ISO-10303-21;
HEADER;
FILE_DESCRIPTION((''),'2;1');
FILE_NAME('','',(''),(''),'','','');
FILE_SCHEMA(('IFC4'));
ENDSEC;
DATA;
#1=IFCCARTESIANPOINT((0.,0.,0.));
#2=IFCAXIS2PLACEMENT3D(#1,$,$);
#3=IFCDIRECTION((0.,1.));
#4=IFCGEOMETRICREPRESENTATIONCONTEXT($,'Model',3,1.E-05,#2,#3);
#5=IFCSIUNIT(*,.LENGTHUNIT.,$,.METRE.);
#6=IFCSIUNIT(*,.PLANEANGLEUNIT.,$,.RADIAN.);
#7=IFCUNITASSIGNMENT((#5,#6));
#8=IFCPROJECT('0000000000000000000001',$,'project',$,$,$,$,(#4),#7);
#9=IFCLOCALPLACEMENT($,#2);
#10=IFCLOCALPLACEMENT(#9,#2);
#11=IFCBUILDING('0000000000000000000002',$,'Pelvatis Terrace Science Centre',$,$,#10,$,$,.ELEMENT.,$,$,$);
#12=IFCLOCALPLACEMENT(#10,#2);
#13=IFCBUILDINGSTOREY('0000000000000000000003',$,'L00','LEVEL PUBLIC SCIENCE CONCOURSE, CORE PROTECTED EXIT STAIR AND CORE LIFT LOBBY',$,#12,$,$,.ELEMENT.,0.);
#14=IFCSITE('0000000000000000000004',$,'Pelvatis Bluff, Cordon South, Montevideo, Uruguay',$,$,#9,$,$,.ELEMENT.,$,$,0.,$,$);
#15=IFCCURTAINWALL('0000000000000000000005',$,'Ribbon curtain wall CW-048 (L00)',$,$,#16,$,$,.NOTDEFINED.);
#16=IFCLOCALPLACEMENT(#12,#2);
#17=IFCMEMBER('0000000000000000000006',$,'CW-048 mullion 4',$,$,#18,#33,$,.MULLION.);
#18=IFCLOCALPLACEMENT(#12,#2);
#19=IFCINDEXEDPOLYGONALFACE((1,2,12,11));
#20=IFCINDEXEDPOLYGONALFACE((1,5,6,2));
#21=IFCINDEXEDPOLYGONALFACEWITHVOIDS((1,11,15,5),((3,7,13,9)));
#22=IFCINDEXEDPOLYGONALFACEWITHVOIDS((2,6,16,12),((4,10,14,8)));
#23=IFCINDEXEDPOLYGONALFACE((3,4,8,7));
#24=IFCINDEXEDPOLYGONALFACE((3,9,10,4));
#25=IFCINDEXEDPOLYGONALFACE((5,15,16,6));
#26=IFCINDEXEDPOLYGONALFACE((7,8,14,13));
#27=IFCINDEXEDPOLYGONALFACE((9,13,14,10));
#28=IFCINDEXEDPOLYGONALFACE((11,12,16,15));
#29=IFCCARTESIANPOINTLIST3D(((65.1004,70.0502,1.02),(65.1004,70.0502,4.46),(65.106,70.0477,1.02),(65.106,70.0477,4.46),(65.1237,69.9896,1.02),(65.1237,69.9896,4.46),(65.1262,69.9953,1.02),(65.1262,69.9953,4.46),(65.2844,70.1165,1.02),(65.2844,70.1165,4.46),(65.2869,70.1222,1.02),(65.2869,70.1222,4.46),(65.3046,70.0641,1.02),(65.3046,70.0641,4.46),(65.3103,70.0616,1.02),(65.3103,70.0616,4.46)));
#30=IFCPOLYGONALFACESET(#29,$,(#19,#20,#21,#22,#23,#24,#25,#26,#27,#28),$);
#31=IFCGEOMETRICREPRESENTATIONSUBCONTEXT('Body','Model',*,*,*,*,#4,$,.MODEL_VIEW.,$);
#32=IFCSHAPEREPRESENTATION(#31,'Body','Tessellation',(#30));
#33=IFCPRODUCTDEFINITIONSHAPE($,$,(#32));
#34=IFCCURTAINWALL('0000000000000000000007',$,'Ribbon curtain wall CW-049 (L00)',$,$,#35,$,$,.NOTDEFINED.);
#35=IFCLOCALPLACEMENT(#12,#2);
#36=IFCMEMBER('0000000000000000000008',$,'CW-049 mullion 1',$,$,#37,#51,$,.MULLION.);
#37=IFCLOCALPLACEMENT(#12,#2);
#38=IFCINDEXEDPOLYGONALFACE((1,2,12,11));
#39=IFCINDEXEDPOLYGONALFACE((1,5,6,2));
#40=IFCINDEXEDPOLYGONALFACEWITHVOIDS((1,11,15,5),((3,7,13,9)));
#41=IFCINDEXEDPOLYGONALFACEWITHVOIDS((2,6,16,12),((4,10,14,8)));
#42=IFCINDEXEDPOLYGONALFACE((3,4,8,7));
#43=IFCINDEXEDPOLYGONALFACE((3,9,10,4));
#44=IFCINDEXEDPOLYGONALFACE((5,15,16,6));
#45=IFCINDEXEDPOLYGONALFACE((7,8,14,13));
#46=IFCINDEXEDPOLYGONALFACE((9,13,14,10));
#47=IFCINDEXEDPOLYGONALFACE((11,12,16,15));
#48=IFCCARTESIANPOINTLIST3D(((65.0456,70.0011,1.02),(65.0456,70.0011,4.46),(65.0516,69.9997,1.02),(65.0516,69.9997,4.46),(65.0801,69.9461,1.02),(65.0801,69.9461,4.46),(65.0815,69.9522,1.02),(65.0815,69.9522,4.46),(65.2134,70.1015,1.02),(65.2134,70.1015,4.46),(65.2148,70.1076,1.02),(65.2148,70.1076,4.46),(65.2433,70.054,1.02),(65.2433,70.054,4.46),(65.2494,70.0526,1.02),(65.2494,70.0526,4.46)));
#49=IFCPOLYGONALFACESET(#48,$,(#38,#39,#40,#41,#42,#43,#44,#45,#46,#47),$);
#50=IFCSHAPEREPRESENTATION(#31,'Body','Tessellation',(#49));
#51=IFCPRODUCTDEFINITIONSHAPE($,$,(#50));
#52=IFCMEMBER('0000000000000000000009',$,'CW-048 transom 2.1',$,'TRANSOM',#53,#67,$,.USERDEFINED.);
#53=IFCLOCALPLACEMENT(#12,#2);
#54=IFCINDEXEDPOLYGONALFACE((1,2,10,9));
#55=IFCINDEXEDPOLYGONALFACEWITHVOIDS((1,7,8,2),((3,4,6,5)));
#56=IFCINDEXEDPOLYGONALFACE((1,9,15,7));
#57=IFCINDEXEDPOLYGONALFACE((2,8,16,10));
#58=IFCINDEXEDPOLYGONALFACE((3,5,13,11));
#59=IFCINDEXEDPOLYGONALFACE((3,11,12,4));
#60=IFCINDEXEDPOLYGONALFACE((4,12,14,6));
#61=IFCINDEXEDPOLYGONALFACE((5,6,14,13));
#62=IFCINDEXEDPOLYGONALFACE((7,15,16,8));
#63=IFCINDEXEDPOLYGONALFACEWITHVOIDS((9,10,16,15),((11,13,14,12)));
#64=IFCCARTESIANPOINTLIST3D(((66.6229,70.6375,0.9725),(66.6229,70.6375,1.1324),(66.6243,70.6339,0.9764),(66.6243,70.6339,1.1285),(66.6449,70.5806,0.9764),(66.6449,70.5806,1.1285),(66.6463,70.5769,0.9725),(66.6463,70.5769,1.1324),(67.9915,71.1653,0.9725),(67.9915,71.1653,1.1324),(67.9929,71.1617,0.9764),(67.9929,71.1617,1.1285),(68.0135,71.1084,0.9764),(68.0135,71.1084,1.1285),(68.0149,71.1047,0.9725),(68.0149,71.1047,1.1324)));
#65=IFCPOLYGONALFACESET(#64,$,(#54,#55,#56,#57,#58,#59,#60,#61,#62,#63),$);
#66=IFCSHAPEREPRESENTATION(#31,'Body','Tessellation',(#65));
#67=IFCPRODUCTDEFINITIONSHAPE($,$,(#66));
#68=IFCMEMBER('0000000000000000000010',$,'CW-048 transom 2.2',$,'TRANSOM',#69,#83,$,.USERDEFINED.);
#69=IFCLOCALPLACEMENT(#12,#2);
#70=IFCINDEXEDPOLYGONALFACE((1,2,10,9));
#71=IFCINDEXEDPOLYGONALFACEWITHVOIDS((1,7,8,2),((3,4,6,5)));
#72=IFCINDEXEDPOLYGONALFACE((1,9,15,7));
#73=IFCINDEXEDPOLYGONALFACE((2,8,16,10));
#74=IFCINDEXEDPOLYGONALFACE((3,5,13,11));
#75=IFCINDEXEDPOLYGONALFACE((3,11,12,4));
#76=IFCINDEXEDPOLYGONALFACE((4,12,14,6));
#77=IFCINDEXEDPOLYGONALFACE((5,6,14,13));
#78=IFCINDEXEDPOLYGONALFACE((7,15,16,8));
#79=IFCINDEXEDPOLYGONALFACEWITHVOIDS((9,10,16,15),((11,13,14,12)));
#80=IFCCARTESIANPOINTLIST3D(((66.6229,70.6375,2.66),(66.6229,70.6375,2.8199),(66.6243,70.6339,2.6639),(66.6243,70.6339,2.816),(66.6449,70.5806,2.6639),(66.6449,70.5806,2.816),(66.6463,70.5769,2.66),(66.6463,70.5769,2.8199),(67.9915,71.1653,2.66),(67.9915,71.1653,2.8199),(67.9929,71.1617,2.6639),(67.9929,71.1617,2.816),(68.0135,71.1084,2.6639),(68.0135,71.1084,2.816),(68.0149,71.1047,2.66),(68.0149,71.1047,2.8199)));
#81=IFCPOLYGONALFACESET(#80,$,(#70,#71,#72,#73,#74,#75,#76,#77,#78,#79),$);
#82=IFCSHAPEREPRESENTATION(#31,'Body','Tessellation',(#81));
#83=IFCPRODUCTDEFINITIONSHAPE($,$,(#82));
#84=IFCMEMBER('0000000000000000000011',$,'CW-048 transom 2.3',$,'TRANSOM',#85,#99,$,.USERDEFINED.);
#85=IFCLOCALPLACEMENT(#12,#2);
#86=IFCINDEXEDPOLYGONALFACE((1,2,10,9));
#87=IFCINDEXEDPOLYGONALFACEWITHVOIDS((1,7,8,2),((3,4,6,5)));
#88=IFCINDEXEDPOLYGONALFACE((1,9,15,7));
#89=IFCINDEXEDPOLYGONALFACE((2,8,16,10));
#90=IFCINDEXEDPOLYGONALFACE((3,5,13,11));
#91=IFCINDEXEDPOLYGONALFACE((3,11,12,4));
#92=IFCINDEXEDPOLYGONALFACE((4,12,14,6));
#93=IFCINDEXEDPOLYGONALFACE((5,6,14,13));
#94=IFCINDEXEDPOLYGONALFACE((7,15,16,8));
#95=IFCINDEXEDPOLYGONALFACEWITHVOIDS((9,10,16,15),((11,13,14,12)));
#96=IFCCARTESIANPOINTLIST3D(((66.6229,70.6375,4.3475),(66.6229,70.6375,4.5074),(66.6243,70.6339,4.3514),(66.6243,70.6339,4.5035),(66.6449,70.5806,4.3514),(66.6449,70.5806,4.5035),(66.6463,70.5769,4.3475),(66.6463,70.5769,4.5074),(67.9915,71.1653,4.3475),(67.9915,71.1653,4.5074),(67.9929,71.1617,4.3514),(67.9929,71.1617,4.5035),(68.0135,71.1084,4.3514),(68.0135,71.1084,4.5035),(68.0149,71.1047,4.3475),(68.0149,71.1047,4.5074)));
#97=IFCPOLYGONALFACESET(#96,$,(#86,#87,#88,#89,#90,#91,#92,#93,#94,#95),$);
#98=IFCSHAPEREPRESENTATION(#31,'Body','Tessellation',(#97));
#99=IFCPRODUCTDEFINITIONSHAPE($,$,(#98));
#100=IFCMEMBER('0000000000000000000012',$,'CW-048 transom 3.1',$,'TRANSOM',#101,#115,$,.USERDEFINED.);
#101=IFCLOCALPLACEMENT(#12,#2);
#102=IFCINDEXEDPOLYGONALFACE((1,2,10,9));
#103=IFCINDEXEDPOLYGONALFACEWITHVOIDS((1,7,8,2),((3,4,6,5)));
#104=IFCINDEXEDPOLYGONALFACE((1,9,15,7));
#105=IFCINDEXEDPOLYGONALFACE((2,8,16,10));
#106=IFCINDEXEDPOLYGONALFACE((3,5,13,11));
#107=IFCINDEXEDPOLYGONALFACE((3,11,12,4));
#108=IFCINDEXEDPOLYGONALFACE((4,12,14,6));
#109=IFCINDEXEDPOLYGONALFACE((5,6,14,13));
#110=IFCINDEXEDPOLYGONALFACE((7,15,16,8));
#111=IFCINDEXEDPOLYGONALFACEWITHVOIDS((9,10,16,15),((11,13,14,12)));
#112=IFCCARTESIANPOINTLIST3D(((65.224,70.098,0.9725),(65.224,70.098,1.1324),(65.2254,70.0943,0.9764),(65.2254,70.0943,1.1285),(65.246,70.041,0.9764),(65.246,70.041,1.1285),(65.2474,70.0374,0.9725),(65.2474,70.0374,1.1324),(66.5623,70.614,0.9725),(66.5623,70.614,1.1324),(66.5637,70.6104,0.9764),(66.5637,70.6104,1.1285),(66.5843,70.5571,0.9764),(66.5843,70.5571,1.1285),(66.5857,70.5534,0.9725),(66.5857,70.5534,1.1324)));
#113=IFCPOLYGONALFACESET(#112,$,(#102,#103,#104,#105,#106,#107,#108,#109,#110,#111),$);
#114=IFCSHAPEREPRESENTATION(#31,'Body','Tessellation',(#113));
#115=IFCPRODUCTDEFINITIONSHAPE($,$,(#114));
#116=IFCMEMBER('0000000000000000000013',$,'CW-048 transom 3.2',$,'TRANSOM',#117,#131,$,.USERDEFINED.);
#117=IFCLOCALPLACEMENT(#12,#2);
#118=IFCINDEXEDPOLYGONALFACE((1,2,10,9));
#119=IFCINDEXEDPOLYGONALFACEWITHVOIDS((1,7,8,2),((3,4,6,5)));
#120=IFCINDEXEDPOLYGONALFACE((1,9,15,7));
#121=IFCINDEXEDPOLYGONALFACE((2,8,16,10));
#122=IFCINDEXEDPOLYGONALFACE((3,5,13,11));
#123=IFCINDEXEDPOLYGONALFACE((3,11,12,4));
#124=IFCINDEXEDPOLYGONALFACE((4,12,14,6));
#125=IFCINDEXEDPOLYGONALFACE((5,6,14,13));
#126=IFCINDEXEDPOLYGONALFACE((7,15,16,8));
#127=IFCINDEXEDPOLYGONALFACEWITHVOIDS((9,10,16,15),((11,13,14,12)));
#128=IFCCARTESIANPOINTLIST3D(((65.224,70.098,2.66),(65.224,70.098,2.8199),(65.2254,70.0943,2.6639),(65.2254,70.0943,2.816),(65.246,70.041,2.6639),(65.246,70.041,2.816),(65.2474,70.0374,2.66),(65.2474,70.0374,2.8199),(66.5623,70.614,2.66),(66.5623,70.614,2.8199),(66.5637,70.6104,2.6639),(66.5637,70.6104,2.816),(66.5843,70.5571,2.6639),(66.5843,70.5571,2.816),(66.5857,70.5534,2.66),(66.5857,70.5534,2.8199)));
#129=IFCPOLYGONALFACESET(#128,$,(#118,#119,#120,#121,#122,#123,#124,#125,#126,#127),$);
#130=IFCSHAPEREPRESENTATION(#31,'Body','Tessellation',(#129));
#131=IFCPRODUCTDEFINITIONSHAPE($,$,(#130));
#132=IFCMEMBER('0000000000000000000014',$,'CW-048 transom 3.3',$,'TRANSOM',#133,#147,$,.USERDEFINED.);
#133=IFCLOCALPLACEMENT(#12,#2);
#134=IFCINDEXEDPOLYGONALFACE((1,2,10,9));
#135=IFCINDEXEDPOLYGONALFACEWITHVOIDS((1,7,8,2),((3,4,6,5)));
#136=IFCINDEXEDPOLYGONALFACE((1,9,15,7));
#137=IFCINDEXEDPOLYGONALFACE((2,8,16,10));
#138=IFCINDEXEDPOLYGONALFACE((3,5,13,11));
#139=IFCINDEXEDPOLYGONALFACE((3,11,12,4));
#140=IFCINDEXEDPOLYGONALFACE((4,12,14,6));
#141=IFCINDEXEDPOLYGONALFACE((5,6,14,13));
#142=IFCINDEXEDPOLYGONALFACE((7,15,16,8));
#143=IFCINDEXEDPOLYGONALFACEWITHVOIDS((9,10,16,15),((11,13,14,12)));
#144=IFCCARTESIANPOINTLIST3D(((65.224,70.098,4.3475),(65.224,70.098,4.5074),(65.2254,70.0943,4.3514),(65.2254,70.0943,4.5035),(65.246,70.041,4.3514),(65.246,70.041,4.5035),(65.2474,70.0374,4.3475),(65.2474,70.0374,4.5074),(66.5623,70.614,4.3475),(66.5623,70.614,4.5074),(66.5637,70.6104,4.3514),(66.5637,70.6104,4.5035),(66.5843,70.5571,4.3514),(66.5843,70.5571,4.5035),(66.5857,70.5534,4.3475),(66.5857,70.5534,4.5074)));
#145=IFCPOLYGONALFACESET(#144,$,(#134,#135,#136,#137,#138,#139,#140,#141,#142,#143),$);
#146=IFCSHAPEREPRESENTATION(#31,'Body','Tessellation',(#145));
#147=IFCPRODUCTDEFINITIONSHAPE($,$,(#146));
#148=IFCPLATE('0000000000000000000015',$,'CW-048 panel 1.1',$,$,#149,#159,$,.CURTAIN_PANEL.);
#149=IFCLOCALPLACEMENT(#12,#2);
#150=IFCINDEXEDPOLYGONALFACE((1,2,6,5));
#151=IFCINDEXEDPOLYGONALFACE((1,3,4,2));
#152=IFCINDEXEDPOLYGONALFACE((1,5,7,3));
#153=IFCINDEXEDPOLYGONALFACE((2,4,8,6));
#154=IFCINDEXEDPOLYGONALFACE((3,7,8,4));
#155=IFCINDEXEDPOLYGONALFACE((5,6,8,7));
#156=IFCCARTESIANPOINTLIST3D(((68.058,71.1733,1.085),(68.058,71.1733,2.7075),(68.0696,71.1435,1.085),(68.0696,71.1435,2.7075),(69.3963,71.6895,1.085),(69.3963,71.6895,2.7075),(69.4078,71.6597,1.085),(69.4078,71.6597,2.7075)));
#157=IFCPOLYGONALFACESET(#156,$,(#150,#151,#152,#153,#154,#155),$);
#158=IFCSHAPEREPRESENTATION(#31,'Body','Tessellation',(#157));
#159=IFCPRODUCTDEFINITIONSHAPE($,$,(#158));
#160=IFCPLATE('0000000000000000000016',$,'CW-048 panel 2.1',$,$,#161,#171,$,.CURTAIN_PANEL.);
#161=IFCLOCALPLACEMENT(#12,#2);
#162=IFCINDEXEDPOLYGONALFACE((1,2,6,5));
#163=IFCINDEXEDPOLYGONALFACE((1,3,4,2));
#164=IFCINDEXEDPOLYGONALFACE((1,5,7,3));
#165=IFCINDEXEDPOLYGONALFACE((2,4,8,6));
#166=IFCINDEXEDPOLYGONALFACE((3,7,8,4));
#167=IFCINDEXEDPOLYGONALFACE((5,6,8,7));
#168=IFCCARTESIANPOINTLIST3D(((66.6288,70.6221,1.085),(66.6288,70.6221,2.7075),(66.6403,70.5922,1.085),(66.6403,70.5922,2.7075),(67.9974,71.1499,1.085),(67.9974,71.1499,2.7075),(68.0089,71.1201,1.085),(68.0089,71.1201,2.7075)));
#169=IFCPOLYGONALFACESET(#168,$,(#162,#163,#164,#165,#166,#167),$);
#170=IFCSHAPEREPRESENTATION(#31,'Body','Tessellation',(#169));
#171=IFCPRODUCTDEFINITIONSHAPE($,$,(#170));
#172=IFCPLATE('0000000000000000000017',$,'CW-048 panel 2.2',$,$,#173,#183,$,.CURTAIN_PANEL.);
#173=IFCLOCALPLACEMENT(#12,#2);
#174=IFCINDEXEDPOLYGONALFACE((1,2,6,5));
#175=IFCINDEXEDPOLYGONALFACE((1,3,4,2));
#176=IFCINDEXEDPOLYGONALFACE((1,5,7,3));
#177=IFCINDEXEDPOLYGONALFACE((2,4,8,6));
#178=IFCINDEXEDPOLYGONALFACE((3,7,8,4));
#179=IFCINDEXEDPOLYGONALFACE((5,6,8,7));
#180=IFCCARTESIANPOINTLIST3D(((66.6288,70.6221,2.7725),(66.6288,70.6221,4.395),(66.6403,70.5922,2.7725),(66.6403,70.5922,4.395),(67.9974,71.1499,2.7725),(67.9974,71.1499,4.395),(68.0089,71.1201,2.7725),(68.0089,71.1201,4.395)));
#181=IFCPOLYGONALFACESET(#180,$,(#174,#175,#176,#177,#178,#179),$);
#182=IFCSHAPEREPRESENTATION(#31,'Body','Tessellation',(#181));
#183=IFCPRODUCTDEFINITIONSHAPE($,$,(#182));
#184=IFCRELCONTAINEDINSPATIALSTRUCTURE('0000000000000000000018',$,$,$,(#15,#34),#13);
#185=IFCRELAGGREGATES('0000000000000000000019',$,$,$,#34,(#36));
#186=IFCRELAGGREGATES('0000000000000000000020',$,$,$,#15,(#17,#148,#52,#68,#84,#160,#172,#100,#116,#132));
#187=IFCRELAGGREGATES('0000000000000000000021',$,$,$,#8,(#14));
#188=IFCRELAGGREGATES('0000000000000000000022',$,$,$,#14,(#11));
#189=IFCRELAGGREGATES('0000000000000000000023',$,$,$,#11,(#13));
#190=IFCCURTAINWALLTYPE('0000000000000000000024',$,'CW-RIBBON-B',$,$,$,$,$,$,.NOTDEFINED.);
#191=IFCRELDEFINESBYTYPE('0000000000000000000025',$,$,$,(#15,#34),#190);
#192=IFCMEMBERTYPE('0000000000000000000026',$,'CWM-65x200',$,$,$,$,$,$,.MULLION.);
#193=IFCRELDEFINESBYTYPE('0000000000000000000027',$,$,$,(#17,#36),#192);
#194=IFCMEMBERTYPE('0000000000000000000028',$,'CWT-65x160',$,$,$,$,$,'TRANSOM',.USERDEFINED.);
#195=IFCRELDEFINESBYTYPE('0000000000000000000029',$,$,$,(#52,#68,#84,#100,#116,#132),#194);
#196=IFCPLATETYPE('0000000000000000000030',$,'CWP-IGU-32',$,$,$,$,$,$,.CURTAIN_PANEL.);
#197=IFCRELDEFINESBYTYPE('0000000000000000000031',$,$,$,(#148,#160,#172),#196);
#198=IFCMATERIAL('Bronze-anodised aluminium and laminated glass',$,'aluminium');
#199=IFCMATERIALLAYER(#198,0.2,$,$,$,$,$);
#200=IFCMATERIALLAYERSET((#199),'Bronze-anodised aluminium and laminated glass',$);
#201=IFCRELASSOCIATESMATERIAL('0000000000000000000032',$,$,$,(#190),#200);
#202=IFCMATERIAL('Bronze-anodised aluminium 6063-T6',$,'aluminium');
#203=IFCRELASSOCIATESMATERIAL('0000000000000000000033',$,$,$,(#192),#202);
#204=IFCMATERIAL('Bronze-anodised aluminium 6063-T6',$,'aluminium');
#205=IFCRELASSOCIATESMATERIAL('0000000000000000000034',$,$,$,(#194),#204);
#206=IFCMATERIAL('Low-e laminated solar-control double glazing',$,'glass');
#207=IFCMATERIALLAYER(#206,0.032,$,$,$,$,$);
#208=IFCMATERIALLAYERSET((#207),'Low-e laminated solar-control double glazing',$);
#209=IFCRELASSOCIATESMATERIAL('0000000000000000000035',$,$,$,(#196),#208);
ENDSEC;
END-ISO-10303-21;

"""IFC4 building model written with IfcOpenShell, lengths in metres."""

from ifc_helpers import new_model, si_unit, direction, frame, origin, origin_2d, place, context, subcontext, project, spatial, rectangle, hollow_rectangle, extrude, material, layer, layer_set, material_profile, profile_set, type_object, element, aggregate, save


model = new_model("IFC4")

# Units and contexts
model_context = context("Model", 3, precision=1e-05, world=origin(), true_north=direction((0.0, 1.0)))
body_context = subcontext(model_context, "Body", "Model", "MODEL_VIEW")
ifc_project = project(units=[si_unit("LENGTHUNIT", "METRE"), si_unit("PLANEANGLEUNIT", "RADIAN")], contexts=[model_context])

# Site, building, storey
site_placement = place(None, origin())
site = spatial("IfcSite", under=ifc_project, at=site_placement, Name="Pelvatis Bluff, Cordon South, Montevideo, Uruguay", CompositionType="ELEMENT", RefElevation=0.0)
building_placement = place(site_placement, origin())
building = spatial("IfcBuilding", under=site, at=building_placement, Name="Pelvatis Terrace Science Centre", CompositionType="ELEMENT")
storey_placement = place(building_placement, origin())
storey = spatial("IfcBuildingStorey", under=building, at=storey_placement, Name="L00", Description="LEVEL PUBLIC SCIENCE CONCOURSE, CORE PROTECTED EXIT STAIR AND CORE LIFT LOBBY", CompositionType="ELEMENT", Elevation=0.0)

# Curtain wall, member
ifc_material_1 = material(Name="Bronze-anodised aluminium and laminated glass", Category="aluminium")
ifc_layer_1 = layer(ifc_material_1, 0.2)
ifc_layer_set_1 = layer_set([ifc_layer_1], Name="Bronze-anodised aluminium and laminated glass")
curtain_wall_type = type_object("IfcCurtainWallType", Name="CW-RIBBON-B", PredefinedType="NOTDEFINED", material=ifc_layer_set_1)
curtain_wall_1_placement = place(storey_placement, origin())
curtain_wall_1 = element("IfcCurtainWall", 1, at=curtain_wall_1_placement, inside=storey, type_object=curtain_wall_type, Name="Ribbon curtain wall CW-048 (L00)", PredefinedType="NOTDEFINED")
ifc_material_2 = material(Name="Bronze-anodised aluminium 6063-T6", Category="aluminium")
ifc_material_profile_1 = material_profile(ifc_material_2, hollow_rectangle(XDim=0.0649, YDim=0.2, WallThickness=0.0044, at=origin_2d()), Name="ALU-MUL 65x200")
ifc_profile_set_1 = profile_set([ifc_material_profile_1], Name="Bronze-anodised aluminium 6063-T6")
member_type_1 = type_object("IfcMemberType", Name="CWM-65x200", PredefinedType="MULLION", material=ifc_profile_set_1)
member_1_placement = place(storey_placement, frame((65.2053, 70.0559, 1.02), z_axis=(0.0, 0.0, 1.0), x_axis=(0.359874, -0.933001, 0.0)))
member_1 = element("IfcMember", 2, at=member_1_placement, type_object=member_type_1, Name="CW-048 mullion 4", PredefinedType="MULLION", context=body_context, shape_type="SweptSolid", body=[
    extrude(hollow_rectangle(XDim=0.0649, YDim=0.2, WallThickness=0.0044, at=origin_2d()), origin(), (0.0, 0.0, 1.0), 3.4399),
])

# Curtain wall, member
curtain_wall_2_placement = place(storey_placement, origin())
curtain_wall_2 = element("IfcCurtainWall", 3, at=curtain_wall_2_placement, inside=storey, type_object=curtain_wall_type, Name="Ribbon curtain wall CW-049 (L00)", PredefinedType="NOTDEFINED")
member_2_placement = place(storey_placement, frame((65.1475, 70.0269, 1.02), z_axis=(0.0, 0.0, 1.0), x_axis=(0.532701, -0.846304, 0.0)))
member_2 = element("IfcMember", 4, at=member_2_placement, type_object=member_type_1, Name="CW-049 mullion 1", PredefinedType="MULLION", context=body_context, shape_type="SweptSolid", body=[
    extrude(hollow_rectangle(XDim=0.0649, YDim=0.2, WallThickness=0.0044, at=origin_2d()), origin(), (0.0, 0.0, 1.0), 3.4399),
])
aggregate(curtain_wall_2, [member_2])

# Members
ifc_material_3 = material(Name="Bronze-anodised aluminium 6063-T6", Category="aluminium")
ifc_material_profile_2 = material_profile(ifc_material_3, hollow_rectangle(XDim=0.0649, YDim=0.1599, WallThickness=0.0039, at=origin_2d()), Name="ALU-TRN 65x160")
ifc_profile_set_2 = profile_set([ifc_material_profile_2], Name="Bronze-anodised aluminium 6063-T6")
member_type_2 = type_object("IfcMemberType", Name="CWT-65x160", ElementType="TRANSOM", PredefinedType="USERDEFINED", material=ifc_profile_set_2)
member_3_placement = place(storey_placement, frame((68.0032, 71.135, 1.0525), z_axis=(-0.933019, -0.359827, 0.0), x_axis=(0.359827, -0.933019, 0.0)))
member_3 = element("IfcMember", 5, at=member_3_placement, type_object=member_type_2, Name="CW-048 transom 2.1", ObjectType="TRANSOM", PredefinedType="USERDEFINED", context=body_context, shape_type="SweptSolid", body=[
    extrude(hollow_rectangle(XDim=0.0649, YDim=0.1599, WallThickness=0.0039, at=origin_2d()), origin(), (0.0, 0.0, 1.0), 1.4668),
])
member_4_placement = place(storey_placement, frame((68.0032, 71.135, 2.74), z_axis=(-0.933019, -0.359827, 0.0), x_axis=(0.359827, -0.933019, 0.0)))
member_4 = element("IfcMember", 6, at=member_4_placement, type_object=member_type_2, Name="CW-048 transom 2.2", ObjectType="TRANSOM", PredefinedType="USERDEFINED", context=body_context, shape_type="SweptSolid", body=[
    extrude(hollow_rectangle(XDim=0.0649, YDim=0.1599, WallThickness=0.0039, at=origin_2d()), origin(), (0.0, 0.0, 1.0), 1.4668),
])
member_5_placement = place(storey_placement, frame((68.0032, 71.135, 4.4275), z_axis=(-0.933019, -0.359827, 0.0), x_axis=(0.359827, -0.933019, 0.0)))
member_5 = element("IfcMember", 7, at=member_5_placement, type_object=member_type_2, Name="CW-048 transom 2.3", ObjectType="TRANSOM", PredefinedType="USERDEFINED", context=body_context, shape_type="SweptSolid", body=[
    extrude(hollow_rectangle(XDim=0.0649, YDim=0.1599, WallThickness=0.0039, at=origin_2d()), origin(), (0.0, 0.0, 1.0), 1.4668),
])
member_6_placement = place(storey_placement, frame((66.574, 70.5837, 1.0525), z_axis=(-0.933029, -0.3598, 0.0), x_axis=(0.3598, -0.933029, 0.0)))
member_6 = element("IfcMember", 8, at=member_6_placement, type_object=member_type_2, Name="CW-048 transom 3.1", ObjectType="TRANSOM", PredefinedType="USERDEFINED", context=body_context, shape_type="SweptSolid", body=[
    extrude(hollow_rectangle(XDim=0.0649, YDim=0.1599, WallThickness=0.0039, at=origin_2d()), origin(), (0.0, 0.0, 1.0), 1.4343),
])
member_7_placement = place(storey_placement, frame((66.574, 70.5837, 2.74), z_axis=(-0.933029, -0.3598, 0.0), x_axis=(0.3598, -0.933029, 0.0)))
member_7 = element("IfcMember", 9, at=member_7_placement, type_object=member_type_2, Name="CW-048 transom 3.2", ObjectType="TRANSOM", PredefinedType="USERDEFINED", context=body_context, shape_type="SweptSolid", body=[
    extrude(hollow_rectangle(XDim=0.0649, YDim=0.1599, WallThickness=0.0039, at=origin_2d()), origin(), (0.0, 0.0, 1.0), 1.4343),
])
member_8_placement = place(storey_placement, frame((66.574, 70.5837, 4.4275), z_axis=(-0.933029, -0.3598, 0.0), x_axis=(0.3598, -0.933029, 0.0)))
member_8 = element("IfcMember", 10, at=member_8_placement, type_object=member_type_2, Name="CW-048 transom 3.3", ObjectType="TRANSOM", PredefinedType="USERDEFINED", context=body_context, shape_type="SweptSolid", body=[
    extrude(hollow_rectangle(XDim=0.0649, YDim=0.1599, WallThickness=0.0039, at=origin_2d()), origin(), (0.0, 0.0, 1.0), 1.4343),
])

# Plates
ifc_material_4 = material(Name="Low-e laminated solar-control double glazing", Category="glass")
ifc_layer_2 = layer(ifc_material_4, 0.032)
ifc_layer_set_2 = layer_set([ifc_layer_2], Name="Low-e laminated solar-control double glazing")
plate_type = type_object("IfcPlateType", Name="CWP-IGU-32", PredefinedType="CURTAIN_PANEL", material=ifc_layer_set_2)
plate_1_placement = place(storey_placement, frame((68.7329, 71.4165, 1.085), z_axis=(0.0, 0.0, 1.0), x_axis=(-0.933001, -0.359874, 0.0)))
plate_1 = element("IfcPlate", 11, at=plate_1_placement, type_object=plate_type, Name="CW-048 panel 1.1", PredefinedType="CURTAIN_PANEL", context=body_context, shape_type="SweptSolid", body=[
    extrude(rectangle(XDim=1.4343, YDim=0.032, at=origin_2d()), origin(), (0.0, 0.0, 1.0), 1.6226),
])
plate_2_placement = place(storey_placement, frame((67.3188, 70.8711, 1.085), z_axis=(0.0, 0.0, 1.0), x_axis=(-0.933001, -0.359874, 0.0)))
plate_2 = element("IfcPlate", 12, at=plate_2_placement, type_object=plate_type, Name="CW-048 panel 2.1", PredefinedType="CURTAIN_PANEL", context=body_context, shape_type="SweptSolid", body=[
    extrude(rectangle(XDim=1.4668, YDim=0.032, at=origin_2d()), origin(), (0.0, 0.0, 1.0), 1.6226),
])
plate_3_placement = place(storey_placement, frame((67.3188, 70.8711, 2.7725), z_axis=(0.0, 0.0, 1.0), x_axis=(-0.933001, -0.359874, 0.0)))
plate_3 = element("IfcPlate", 13, at=plate_3_placement, type_object=plate_type, Name="CW-048 panel 2.2", PredefinedType="CURTAIN_PANEL", context=body_context, shape_type="SweptSolid", body=[
    extrude(rectangle(XDim=1.4668, YDim=0.032, at=origin_2d()), origin(), (0.0, 0.0, 1.0), 1.6226),
])
aggregate(curtain_wall_1, [member_1, plate_1, member_3, member_4, member_5, plate_2, plate_3, member_6, member_7, member_8])

save(model, "model.ifc")
